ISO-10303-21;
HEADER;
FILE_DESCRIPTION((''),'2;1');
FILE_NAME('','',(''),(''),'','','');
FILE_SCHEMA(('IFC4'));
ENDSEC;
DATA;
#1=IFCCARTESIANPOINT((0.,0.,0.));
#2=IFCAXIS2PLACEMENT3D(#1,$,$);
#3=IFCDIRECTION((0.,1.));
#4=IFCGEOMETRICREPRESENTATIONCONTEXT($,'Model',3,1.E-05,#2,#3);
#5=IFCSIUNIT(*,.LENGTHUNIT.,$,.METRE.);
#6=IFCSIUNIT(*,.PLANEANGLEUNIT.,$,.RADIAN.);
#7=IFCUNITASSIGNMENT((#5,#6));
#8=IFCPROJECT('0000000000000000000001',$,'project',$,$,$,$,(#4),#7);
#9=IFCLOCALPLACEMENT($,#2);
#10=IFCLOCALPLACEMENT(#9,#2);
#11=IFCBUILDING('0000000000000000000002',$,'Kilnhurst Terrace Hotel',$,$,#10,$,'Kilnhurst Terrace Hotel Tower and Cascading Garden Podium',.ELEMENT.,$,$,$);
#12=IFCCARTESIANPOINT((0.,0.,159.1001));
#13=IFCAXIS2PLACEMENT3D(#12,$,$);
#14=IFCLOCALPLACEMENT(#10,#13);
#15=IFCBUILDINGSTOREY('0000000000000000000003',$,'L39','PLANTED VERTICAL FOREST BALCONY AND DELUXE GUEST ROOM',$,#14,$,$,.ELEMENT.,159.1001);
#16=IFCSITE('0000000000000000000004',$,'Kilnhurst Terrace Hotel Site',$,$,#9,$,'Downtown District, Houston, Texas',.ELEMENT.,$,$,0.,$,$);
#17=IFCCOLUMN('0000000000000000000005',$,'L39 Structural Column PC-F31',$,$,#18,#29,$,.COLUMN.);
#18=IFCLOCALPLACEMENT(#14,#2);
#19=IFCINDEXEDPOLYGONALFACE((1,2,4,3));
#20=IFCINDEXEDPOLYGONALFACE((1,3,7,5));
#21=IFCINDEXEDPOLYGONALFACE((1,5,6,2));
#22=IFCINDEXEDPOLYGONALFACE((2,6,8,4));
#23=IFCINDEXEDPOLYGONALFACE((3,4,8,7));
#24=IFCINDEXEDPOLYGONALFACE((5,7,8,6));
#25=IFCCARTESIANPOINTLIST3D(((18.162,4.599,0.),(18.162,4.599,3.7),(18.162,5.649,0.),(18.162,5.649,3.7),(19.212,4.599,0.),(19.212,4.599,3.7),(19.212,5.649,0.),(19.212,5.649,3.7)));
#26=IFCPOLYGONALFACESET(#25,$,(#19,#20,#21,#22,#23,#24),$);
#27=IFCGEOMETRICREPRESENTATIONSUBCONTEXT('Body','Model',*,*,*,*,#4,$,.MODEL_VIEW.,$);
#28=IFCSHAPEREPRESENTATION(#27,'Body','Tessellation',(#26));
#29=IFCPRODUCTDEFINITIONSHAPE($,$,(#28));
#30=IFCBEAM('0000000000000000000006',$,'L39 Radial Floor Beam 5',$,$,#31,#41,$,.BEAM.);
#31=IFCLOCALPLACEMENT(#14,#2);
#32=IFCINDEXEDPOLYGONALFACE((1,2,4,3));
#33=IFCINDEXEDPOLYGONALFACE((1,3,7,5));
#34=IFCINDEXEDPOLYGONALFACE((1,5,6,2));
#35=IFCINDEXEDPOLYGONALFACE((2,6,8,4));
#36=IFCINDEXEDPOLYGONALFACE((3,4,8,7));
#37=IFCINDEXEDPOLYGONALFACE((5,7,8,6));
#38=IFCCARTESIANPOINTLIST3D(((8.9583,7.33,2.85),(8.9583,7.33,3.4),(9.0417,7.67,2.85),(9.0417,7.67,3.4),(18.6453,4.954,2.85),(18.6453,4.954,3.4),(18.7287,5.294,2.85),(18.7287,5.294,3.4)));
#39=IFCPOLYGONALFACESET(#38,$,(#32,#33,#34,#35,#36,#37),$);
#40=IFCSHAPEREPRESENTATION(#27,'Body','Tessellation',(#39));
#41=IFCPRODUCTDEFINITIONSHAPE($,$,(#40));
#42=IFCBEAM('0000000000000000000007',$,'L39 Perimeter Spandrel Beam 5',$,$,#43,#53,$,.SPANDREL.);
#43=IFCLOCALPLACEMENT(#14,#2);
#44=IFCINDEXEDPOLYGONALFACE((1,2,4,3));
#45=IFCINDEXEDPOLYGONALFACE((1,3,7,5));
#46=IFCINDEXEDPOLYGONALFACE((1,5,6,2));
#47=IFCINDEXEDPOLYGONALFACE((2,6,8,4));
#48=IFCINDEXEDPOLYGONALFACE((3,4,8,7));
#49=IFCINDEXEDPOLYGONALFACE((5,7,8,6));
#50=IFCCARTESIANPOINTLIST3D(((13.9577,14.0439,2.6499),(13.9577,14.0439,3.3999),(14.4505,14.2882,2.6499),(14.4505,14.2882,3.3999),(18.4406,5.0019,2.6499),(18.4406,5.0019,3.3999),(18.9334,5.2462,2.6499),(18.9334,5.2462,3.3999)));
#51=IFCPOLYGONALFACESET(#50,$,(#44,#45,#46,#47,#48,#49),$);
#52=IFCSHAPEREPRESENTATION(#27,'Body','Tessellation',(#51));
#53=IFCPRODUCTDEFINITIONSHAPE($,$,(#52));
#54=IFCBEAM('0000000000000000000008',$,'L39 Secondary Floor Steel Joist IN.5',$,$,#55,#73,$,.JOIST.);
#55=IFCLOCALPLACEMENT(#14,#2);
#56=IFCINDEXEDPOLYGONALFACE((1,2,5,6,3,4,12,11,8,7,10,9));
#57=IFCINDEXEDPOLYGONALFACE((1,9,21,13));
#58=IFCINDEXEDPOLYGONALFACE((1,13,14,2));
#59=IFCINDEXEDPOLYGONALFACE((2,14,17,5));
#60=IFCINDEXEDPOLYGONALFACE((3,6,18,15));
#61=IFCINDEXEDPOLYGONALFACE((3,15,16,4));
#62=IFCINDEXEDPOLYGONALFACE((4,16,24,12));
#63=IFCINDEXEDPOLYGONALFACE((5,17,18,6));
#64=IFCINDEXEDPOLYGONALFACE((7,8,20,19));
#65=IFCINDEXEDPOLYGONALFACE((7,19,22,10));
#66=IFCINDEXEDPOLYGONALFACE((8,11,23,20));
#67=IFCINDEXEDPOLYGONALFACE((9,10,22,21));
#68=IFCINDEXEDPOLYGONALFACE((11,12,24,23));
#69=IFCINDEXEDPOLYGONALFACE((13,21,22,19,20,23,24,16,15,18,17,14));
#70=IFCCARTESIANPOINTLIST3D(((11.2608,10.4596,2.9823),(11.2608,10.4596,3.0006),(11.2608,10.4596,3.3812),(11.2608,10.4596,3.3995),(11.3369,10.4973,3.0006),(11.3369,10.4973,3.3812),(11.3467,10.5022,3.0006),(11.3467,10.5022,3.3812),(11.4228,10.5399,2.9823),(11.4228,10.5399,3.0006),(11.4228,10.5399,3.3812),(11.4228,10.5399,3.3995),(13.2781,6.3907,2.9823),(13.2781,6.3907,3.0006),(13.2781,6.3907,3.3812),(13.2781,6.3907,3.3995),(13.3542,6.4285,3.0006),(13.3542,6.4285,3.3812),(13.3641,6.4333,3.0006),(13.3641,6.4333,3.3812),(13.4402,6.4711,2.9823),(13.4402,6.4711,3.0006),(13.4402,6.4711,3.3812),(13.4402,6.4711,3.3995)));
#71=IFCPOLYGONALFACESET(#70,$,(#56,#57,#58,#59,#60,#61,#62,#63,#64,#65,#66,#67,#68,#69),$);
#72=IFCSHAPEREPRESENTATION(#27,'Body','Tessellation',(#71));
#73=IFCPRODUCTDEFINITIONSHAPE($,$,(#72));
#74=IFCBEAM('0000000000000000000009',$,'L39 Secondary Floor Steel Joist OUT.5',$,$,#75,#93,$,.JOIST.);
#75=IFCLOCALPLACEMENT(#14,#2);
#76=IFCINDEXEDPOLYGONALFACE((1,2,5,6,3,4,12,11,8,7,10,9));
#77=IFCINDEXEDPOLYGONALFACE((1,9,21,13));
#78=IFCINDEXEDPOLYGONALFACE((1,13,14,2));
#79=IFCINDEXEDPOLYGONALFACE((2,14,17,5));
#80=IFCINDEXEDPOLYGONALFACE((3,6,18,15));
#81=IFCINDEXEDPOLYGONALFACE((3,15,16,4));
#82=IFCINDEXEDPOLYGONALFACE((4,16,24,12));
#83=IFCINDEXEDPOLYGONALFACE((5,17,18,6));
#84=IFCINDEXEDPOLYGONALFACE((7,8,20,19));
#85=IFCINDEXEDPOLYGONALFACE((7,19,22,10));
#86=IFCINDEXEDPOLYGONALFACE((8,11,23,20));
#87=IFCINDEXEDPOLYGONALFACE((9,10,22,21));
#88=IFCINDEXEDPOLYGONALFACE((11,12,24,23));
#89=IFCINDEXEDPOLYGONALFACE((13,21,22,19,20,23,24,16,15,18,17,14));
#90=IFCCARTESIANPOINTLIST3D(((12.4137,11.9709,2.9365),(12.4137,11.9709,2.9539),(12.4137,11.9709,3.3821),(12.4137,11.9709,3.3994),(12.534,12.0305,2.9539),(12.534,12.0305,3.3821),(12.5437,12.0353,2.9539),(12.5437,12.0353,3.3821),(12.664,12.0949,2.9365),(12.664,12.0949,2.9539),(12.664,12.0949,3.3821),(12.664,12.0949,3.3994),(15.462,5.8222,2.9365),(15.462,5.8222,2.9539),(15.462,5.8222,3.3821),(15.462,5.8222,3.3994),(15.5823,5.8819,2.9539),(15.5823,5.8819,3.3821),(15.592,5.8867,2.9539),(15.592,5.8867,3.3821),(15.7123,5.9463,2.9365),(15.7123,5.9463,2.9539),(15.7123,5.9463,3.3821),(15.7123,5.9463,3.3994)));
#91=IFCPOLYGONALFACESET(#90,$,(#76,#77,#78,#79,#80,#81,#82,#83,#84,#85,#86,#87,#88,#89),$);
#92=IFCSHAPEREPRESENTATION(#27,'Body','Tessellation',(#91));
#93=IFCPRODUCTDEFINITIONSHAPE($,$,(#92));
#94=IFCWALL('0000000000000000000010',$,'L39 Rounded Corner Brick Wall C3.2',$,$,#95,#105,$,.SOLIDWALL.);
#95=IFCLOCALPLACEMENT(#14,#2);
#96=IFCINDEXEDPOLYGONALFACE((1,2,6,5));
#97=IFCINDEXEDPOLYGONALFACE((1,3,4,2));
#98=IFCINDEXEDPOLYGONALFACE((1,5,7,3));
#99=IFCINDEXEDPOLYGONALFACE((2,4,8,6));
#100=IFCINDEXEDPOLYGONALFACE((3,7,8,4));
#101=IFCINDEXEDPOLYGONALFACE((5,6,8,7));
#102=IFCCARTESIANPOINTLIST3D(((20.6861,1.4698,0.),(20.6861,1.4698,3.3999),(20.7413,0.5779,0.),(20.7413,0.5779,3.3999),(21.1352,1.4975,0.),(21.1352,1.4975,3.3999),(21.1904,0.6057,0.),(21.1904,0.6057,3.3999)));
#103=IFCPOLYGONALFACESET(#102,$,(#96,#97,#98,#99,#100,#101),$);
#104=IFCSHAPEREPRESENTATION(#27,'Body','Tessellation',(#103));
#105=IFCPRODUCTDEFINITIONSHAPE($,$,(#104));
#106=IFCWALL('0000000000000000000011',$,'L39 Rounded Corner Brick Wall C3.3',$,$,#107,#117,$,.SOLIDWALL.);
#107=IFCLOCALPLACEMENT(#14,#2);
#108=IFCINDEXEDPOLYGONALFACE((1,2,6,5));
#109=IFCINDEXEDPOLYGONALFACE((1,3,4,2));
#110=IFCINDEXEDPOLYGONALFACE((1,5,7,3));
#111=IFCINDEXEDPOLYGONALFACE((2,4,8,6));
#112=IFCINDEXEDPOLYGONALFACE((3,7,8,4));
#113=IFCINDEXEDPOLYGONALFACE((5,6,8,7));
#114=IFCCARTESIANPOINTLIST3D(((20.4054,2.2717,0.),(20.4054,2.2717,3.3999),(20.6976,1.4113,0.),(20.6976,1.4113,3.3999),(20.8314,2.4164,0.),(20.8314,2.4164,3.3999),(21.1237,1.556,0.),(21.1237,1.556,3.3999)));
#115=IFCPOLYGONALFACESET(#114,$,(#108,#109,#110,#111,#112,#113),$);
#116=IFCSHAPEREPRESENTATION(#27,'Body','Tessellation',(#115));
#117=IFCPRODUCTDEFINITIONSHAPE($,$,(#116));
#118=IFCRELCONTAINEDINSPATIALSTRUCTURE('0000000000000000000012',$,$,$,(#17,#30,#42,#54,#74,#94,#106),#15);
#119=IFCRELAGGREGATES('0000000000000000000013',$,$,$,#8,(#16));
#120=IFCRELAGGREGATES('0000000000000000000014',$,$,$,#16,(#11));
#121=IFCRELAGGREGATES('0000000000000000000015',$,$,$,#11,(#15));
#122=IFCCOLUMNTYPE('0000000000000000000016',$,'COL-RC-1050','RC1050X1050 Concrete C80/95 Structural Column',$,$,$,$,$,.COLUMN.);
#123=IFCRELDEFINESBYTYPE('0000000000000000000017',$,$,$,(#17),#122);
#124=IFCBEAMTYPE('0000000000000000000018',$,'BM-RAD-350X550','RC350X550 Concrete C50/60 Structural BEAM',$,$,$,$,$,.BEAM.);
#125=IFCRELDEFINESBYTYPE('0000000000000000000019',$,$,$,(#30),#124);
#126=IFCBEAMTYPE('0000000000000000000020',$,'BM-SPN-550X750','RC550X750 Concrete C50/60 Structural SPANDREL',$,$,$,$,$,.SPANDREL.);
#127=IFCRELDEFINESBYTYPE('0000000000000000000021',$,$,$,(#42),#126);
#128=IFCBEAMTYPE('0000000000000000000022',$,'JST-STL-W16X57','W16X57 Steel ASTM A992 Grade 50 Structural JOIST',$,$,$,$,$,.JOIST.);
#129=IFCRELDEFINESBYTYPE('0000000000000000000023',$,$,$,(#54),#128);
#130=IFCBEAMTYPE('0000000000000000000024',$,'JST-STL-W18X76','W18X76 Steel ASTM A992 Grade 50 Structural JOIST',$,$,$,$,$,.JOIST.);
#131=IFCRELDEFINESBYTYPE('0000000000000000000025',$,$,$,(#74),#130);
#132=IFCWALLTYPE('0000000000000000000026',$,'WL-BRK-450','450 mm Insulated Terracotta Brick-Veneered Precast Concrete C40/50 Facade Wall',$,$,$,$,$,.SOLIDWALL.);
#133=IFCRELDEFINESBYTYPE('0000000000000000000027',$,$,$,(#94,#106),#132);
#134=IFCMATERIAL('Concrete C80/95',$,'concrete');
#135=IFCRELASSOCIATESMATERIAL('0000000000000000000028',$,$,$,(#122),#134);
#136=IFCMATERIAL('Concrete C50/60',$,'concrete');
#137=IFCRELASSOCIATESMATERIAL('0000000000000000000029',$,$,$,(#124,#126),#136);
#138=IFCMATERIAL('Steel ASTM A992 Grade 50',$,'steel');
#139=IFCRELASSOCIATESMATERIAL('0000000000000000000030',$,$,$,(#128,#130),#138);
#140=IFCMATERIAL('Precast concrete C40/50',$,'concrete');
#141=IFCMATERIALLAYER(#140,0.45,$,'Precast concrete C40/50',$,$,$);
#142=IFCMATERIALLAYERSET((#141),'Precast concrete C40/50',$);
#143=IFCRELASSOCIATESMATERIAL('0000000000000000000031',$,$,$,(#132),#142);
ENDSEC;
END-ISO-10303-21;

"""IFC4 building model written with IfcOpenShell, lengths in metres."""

from ifc_helpers import new_model, si_unit, direction, frame, frame_2d, origin, origin_2d, place, context, subcontext, project, spatial, rectangle, i_section, extrude, material, layer, layer_set, material_profile, profile_set, type_object, element, save


model = new_model("IFC4")

# Units and contexts
model_context = context("Model", 3, precision=1e-05, world=origin(), true_north=direction((0.0, 1.0)))
body_context = subcontext(model_context, "Body", "Model", "MODEL_VIEW")
ifc_project = project(units=[si_unit("LENGTHUNIT", "METRE"), si_unit("PLANEANGLEUNIT", "RADIAN")], contexts=[model_context])

# Site, building, storey
site_placement = place(None, origin())
site = spatial("IfcSite", under=ifc_project, at=site_placement, Name="Kilnhurst Terrace Hotel Site", LongName="Downtown District, Houston, Texas", CompositionType="ELEMENT", RefElevation=0.0)
building_placement = place(site_placement, origin())
building = spatial("IfcBuilding", under=site, at=building_placement, Name="Kilnhurst Terrace Hotel", LongName="Kilnhurst Terrace Hotel Tower and Cascading Garden Podium", CompositionType="ELEMENT")
storey_placement = place(building_placement, frame((0.0, 0.0, 159.1001)))
storey = spatial("IfcBuildingStorey", under=building, at=storey_placement, Name="L39", Description="PLANTED VERTICAL FOREST BALCONY AND DELUXE GUEST ROOM", CompositionType="ELEMENT", Elevation=159.1001)

# Column
ifc_material_1 = material(Name="Concrete C80/95", Category="concrete")
ifc_material_profile_1 = material_profile(ifc_material_1, rectangle(XDim=1.05, YDim=1.05, at=origin_2d()), Name="RC1050X1050")
ifc_profile_set_1 = profile_set([ifc_material_profile_1], Name="Concrete C80/95")
column_type = type_object("IfcColumnType", Name="COL-RC-1050", Description="RC1050X1050 Concrete C80/95 Structural Column", PredefinedType="COLUMN", material=ifc_profile_set_1)
column_placement = place(storey_placement, frame((18.687, 5.124, 0.0), z_axis=(0.0, 0.0, 1.0), x_axis=(1.0, 0.0, 0.0)))
element("IfcColumn", 1, at=column_placement, inside=storey, type_object=column_type, Name="L39 Structural Column PC-F31", PredefinedType="COLUMN", context=body_context, shape_type="SweptSolid", body=[
    extrude(rectangle(XDim=1.05, YDim=1.05, at=origin_2d()), origin(), (0.0, 0.0, 1.0), 3.7),
])

# Beams
ifc_material_2 = material(Name="Concrete C50/60", Category="concrete")
ifc_material_profile_2 = material_profile(ifc_material_2, rectangle(XDim=0.3501, YDim=0.55, at=origin_2d()), Name="RC350X550")
ifc_profile_set_2 = profile_set([ifc_material_profile_2], Name="Concrete C50/60")
beam_type_1 = type_object("IfcBeamType", Name="BM-RAD-350X550", Description="RC350X550 Concrete C50/60 Structural BEAM", PredefinedType="BEAM", material=ifc_profile_set_2)
beam_1_placement = place(storey_placement, frame((9.0, 7.5, 3.125), z_axis=(0.971213, -0.238214, 0.0), x_axis=(0.238214, 0.971213, 0.0)))
element("IfcBeam", 2, at=beam_1_placement, inside=storey, type_object=beam_type_1, Name="L39 Radial Floor Beam 5", PredefinedType="BEAM", context=body_context, shape_type="SweptSolid", body=[
    extrude(rectangle(XDim=0.3501, YDim=0.55, at=origin_2d()), origin(), (0.0, 0.0, 1.0), 9.9741),
])
ifc_material_profile_3 = material_profile(ifc_material_2, rectangle(XDim=0.55, YDim=0.75, at=origin_2d()), Name="RC550X750")
ifc_profile_set_3 = profile_set([ifc_material_profile_3], Name="Concrete C50/60")
beam_type_2 = type_object("IfcBeamType", Name="BM-SPN-550X750", Description="RC550X750 Concrete C50/60 Structural SPANDREL", PredefinedType="SPANDREL", material=ifc_profile_set_3)
beam_2_placement = place(storey_placement, frame((18.687, 5.124, 3.0249), z_axis=(-0.444192, 0.895932, 0.0), x_axis=(-0.895932, -0.444192, 0.0)))
element("IfcBeam", 3, at=beam_2_placement, inside=storey, type_object=beam_type_2, Name="L39 Perimeter Spandrel Beam 5", PredefinedType="SPANDREL", context=body_context, shape_type="SweptSolid", body=[
    extrude(rectangle(XDim=0.55, YDim=0.75, at=origin_2d()), origin(), (0.0, 0.0, 1.0), 10.0923),
])
ifc_material_3 = material(Name="Steel ASTM A992 Grade 50", Category="steel")
ifc_material_profile_4 = material_profile(ifc_material_3, i_section(OverallWidth=0.1809, OverallDepth=0.4172, WebThickness=0.011, FlangeThickness=0.0183, at=origin_2d()), Name="W16X57")
ifc_profile_set_4 = profile_set([ifc_material_profile_4], Name="Steel ASTM A992 Grade 50")
beam_type_3 = type_object("IfcBeamType", Name="JST-STL-W16X57", Description="W16X57 Steel ASTM A992 Grade 50 Structural JOIST", PredefinedType="JOIST", material=ifc_profile_set_4)
beam_3_placement = place(storey_placement, frame((13.3591, 6.4309, 3.1909), z_axis=(-0.444201, 0.895927, 0.0), x_axis=(-0.895927, -0.444201, 0.0)))
element("IfcBeam", 4, at=beam_3_placement, inside=storey, type_object=beam_type_3, Name="L39 Secondary Floor Steel Joist IN.5", PredefinedType="JOIST", context=body_context, shape_type="SweptSolid", body=[
    extrude(i_section(OverallWidth=0.1809, OverallDepth=0.4172, WebThickness=0.011, FlangeThickness=0.0183, at=origin_2d()), origin(), (0.0, 0.0, 1.0), 4.5415),
])
ifc_material_profile_5 = material_profile(ifc_material_3, i_section(OverallWidth=0.2793, OverallDepth=0.4629, WebThickness=0.0107, FlangeThickness=0.0173, at=origin_2d()), Name="W18X76")
ifc_profile_set_5 = profile_set([ifc_material_profile_5], Name="Steel ASTM A992 Grade 50")
beam_type_4 = type_object("IfcBeamType", Name="JST-STL-W18X76", Description="W18X76 Steel ASTM A992 Grade 50 Structural JOIST", PredefinedType="JOIST", material=ifc_profile_set_5)
beam_4_placement = place(storey_placement, frame((15.5872, 5.8843, 3.168), z_axis=(-0.44418, 0.895938, 0.0), x_axis=(-0.895938, -0.44418, 0.0)))
element("IfcBeam", 5, at=beam_4_placement, inside=storey, type_object=beam_type_4, Name="L39 Secondary Floor Steel Joist OUT.5", PredefinedType="JOIST", context=body_context, shape_type="SweptSolid", body=[
    extrude(i_section(OverallWidth=0.2793, OverallDepth=0.4629, WebThickness=0.0107, FlangeThickness=0.0173, at=origin_2d()), origin(), (0.0, 0.0, 1.0), 6.8628),
])

# Walls
ifc_material_4 = material(Name="Precast concrete C40/50", Category="concrete")
ifc_layer_1 = layer(ifc_material_4, 0.45, Name="Precast concrete C40/50")
ifc_layer_set_1 = layer_set([ifc_layer_1], Name="Precast concrete C40/50")
wall_type_1 = type_object("IfcWallType", Name="WL-BRK-450", Description="450 mm Insulated Terracotta Brick-Veneered Precast Concrete C40/50 Facade Wall", PredefinedType="SOLIDWALL", material=ifc_layer_set_1)
wall_1_placement = place(storey_placement, frame((20.9658, 0.5918, 0.0), z_axis=(0.0, 0.0, 1.0), x_axis=(-0.061749, 0.998092, 0.0)))
element("IfcWall", 6, at=wall_1_placement, inside=storey, type_object=wall_type_1, Name="L39 Rounded Corner Brick Wall C3.2", PredefinedType="SOLIDWALL", context=body_context, shape_type="SweptSolid", body=[
    extrude(rectangle(XDim=0.8936, YDim=0.45, at=frame_2d((0.4468, 0.0))), origin(), (0.0, 0.0, 1.0), 3.3999),
])
wall_2_placement = place(storey_placement, frame((20.9106, 1.4836, 0.0), z_axis=(0.0, 0.0, 1.0), x_axis=(-0.321623, 0.946868, 0.0)))
element("IfcWall", 7, at=wall_2_placement, inside=storey, type_object=wall_type_1, Name="L39 Rounded Corner Brick Wall C3.3", PredefinedType="SOLIDWALL", context=body_context, shape_type="SweptSolid", body=[
    extrude(rectangle(XDim=0.9087, YDim=0.45, at=frame_2d((0.4543, 0.0))), origin(), (0.0, 0.0, 1.0), 3.3999),
])

save(model, "model.ifc")
